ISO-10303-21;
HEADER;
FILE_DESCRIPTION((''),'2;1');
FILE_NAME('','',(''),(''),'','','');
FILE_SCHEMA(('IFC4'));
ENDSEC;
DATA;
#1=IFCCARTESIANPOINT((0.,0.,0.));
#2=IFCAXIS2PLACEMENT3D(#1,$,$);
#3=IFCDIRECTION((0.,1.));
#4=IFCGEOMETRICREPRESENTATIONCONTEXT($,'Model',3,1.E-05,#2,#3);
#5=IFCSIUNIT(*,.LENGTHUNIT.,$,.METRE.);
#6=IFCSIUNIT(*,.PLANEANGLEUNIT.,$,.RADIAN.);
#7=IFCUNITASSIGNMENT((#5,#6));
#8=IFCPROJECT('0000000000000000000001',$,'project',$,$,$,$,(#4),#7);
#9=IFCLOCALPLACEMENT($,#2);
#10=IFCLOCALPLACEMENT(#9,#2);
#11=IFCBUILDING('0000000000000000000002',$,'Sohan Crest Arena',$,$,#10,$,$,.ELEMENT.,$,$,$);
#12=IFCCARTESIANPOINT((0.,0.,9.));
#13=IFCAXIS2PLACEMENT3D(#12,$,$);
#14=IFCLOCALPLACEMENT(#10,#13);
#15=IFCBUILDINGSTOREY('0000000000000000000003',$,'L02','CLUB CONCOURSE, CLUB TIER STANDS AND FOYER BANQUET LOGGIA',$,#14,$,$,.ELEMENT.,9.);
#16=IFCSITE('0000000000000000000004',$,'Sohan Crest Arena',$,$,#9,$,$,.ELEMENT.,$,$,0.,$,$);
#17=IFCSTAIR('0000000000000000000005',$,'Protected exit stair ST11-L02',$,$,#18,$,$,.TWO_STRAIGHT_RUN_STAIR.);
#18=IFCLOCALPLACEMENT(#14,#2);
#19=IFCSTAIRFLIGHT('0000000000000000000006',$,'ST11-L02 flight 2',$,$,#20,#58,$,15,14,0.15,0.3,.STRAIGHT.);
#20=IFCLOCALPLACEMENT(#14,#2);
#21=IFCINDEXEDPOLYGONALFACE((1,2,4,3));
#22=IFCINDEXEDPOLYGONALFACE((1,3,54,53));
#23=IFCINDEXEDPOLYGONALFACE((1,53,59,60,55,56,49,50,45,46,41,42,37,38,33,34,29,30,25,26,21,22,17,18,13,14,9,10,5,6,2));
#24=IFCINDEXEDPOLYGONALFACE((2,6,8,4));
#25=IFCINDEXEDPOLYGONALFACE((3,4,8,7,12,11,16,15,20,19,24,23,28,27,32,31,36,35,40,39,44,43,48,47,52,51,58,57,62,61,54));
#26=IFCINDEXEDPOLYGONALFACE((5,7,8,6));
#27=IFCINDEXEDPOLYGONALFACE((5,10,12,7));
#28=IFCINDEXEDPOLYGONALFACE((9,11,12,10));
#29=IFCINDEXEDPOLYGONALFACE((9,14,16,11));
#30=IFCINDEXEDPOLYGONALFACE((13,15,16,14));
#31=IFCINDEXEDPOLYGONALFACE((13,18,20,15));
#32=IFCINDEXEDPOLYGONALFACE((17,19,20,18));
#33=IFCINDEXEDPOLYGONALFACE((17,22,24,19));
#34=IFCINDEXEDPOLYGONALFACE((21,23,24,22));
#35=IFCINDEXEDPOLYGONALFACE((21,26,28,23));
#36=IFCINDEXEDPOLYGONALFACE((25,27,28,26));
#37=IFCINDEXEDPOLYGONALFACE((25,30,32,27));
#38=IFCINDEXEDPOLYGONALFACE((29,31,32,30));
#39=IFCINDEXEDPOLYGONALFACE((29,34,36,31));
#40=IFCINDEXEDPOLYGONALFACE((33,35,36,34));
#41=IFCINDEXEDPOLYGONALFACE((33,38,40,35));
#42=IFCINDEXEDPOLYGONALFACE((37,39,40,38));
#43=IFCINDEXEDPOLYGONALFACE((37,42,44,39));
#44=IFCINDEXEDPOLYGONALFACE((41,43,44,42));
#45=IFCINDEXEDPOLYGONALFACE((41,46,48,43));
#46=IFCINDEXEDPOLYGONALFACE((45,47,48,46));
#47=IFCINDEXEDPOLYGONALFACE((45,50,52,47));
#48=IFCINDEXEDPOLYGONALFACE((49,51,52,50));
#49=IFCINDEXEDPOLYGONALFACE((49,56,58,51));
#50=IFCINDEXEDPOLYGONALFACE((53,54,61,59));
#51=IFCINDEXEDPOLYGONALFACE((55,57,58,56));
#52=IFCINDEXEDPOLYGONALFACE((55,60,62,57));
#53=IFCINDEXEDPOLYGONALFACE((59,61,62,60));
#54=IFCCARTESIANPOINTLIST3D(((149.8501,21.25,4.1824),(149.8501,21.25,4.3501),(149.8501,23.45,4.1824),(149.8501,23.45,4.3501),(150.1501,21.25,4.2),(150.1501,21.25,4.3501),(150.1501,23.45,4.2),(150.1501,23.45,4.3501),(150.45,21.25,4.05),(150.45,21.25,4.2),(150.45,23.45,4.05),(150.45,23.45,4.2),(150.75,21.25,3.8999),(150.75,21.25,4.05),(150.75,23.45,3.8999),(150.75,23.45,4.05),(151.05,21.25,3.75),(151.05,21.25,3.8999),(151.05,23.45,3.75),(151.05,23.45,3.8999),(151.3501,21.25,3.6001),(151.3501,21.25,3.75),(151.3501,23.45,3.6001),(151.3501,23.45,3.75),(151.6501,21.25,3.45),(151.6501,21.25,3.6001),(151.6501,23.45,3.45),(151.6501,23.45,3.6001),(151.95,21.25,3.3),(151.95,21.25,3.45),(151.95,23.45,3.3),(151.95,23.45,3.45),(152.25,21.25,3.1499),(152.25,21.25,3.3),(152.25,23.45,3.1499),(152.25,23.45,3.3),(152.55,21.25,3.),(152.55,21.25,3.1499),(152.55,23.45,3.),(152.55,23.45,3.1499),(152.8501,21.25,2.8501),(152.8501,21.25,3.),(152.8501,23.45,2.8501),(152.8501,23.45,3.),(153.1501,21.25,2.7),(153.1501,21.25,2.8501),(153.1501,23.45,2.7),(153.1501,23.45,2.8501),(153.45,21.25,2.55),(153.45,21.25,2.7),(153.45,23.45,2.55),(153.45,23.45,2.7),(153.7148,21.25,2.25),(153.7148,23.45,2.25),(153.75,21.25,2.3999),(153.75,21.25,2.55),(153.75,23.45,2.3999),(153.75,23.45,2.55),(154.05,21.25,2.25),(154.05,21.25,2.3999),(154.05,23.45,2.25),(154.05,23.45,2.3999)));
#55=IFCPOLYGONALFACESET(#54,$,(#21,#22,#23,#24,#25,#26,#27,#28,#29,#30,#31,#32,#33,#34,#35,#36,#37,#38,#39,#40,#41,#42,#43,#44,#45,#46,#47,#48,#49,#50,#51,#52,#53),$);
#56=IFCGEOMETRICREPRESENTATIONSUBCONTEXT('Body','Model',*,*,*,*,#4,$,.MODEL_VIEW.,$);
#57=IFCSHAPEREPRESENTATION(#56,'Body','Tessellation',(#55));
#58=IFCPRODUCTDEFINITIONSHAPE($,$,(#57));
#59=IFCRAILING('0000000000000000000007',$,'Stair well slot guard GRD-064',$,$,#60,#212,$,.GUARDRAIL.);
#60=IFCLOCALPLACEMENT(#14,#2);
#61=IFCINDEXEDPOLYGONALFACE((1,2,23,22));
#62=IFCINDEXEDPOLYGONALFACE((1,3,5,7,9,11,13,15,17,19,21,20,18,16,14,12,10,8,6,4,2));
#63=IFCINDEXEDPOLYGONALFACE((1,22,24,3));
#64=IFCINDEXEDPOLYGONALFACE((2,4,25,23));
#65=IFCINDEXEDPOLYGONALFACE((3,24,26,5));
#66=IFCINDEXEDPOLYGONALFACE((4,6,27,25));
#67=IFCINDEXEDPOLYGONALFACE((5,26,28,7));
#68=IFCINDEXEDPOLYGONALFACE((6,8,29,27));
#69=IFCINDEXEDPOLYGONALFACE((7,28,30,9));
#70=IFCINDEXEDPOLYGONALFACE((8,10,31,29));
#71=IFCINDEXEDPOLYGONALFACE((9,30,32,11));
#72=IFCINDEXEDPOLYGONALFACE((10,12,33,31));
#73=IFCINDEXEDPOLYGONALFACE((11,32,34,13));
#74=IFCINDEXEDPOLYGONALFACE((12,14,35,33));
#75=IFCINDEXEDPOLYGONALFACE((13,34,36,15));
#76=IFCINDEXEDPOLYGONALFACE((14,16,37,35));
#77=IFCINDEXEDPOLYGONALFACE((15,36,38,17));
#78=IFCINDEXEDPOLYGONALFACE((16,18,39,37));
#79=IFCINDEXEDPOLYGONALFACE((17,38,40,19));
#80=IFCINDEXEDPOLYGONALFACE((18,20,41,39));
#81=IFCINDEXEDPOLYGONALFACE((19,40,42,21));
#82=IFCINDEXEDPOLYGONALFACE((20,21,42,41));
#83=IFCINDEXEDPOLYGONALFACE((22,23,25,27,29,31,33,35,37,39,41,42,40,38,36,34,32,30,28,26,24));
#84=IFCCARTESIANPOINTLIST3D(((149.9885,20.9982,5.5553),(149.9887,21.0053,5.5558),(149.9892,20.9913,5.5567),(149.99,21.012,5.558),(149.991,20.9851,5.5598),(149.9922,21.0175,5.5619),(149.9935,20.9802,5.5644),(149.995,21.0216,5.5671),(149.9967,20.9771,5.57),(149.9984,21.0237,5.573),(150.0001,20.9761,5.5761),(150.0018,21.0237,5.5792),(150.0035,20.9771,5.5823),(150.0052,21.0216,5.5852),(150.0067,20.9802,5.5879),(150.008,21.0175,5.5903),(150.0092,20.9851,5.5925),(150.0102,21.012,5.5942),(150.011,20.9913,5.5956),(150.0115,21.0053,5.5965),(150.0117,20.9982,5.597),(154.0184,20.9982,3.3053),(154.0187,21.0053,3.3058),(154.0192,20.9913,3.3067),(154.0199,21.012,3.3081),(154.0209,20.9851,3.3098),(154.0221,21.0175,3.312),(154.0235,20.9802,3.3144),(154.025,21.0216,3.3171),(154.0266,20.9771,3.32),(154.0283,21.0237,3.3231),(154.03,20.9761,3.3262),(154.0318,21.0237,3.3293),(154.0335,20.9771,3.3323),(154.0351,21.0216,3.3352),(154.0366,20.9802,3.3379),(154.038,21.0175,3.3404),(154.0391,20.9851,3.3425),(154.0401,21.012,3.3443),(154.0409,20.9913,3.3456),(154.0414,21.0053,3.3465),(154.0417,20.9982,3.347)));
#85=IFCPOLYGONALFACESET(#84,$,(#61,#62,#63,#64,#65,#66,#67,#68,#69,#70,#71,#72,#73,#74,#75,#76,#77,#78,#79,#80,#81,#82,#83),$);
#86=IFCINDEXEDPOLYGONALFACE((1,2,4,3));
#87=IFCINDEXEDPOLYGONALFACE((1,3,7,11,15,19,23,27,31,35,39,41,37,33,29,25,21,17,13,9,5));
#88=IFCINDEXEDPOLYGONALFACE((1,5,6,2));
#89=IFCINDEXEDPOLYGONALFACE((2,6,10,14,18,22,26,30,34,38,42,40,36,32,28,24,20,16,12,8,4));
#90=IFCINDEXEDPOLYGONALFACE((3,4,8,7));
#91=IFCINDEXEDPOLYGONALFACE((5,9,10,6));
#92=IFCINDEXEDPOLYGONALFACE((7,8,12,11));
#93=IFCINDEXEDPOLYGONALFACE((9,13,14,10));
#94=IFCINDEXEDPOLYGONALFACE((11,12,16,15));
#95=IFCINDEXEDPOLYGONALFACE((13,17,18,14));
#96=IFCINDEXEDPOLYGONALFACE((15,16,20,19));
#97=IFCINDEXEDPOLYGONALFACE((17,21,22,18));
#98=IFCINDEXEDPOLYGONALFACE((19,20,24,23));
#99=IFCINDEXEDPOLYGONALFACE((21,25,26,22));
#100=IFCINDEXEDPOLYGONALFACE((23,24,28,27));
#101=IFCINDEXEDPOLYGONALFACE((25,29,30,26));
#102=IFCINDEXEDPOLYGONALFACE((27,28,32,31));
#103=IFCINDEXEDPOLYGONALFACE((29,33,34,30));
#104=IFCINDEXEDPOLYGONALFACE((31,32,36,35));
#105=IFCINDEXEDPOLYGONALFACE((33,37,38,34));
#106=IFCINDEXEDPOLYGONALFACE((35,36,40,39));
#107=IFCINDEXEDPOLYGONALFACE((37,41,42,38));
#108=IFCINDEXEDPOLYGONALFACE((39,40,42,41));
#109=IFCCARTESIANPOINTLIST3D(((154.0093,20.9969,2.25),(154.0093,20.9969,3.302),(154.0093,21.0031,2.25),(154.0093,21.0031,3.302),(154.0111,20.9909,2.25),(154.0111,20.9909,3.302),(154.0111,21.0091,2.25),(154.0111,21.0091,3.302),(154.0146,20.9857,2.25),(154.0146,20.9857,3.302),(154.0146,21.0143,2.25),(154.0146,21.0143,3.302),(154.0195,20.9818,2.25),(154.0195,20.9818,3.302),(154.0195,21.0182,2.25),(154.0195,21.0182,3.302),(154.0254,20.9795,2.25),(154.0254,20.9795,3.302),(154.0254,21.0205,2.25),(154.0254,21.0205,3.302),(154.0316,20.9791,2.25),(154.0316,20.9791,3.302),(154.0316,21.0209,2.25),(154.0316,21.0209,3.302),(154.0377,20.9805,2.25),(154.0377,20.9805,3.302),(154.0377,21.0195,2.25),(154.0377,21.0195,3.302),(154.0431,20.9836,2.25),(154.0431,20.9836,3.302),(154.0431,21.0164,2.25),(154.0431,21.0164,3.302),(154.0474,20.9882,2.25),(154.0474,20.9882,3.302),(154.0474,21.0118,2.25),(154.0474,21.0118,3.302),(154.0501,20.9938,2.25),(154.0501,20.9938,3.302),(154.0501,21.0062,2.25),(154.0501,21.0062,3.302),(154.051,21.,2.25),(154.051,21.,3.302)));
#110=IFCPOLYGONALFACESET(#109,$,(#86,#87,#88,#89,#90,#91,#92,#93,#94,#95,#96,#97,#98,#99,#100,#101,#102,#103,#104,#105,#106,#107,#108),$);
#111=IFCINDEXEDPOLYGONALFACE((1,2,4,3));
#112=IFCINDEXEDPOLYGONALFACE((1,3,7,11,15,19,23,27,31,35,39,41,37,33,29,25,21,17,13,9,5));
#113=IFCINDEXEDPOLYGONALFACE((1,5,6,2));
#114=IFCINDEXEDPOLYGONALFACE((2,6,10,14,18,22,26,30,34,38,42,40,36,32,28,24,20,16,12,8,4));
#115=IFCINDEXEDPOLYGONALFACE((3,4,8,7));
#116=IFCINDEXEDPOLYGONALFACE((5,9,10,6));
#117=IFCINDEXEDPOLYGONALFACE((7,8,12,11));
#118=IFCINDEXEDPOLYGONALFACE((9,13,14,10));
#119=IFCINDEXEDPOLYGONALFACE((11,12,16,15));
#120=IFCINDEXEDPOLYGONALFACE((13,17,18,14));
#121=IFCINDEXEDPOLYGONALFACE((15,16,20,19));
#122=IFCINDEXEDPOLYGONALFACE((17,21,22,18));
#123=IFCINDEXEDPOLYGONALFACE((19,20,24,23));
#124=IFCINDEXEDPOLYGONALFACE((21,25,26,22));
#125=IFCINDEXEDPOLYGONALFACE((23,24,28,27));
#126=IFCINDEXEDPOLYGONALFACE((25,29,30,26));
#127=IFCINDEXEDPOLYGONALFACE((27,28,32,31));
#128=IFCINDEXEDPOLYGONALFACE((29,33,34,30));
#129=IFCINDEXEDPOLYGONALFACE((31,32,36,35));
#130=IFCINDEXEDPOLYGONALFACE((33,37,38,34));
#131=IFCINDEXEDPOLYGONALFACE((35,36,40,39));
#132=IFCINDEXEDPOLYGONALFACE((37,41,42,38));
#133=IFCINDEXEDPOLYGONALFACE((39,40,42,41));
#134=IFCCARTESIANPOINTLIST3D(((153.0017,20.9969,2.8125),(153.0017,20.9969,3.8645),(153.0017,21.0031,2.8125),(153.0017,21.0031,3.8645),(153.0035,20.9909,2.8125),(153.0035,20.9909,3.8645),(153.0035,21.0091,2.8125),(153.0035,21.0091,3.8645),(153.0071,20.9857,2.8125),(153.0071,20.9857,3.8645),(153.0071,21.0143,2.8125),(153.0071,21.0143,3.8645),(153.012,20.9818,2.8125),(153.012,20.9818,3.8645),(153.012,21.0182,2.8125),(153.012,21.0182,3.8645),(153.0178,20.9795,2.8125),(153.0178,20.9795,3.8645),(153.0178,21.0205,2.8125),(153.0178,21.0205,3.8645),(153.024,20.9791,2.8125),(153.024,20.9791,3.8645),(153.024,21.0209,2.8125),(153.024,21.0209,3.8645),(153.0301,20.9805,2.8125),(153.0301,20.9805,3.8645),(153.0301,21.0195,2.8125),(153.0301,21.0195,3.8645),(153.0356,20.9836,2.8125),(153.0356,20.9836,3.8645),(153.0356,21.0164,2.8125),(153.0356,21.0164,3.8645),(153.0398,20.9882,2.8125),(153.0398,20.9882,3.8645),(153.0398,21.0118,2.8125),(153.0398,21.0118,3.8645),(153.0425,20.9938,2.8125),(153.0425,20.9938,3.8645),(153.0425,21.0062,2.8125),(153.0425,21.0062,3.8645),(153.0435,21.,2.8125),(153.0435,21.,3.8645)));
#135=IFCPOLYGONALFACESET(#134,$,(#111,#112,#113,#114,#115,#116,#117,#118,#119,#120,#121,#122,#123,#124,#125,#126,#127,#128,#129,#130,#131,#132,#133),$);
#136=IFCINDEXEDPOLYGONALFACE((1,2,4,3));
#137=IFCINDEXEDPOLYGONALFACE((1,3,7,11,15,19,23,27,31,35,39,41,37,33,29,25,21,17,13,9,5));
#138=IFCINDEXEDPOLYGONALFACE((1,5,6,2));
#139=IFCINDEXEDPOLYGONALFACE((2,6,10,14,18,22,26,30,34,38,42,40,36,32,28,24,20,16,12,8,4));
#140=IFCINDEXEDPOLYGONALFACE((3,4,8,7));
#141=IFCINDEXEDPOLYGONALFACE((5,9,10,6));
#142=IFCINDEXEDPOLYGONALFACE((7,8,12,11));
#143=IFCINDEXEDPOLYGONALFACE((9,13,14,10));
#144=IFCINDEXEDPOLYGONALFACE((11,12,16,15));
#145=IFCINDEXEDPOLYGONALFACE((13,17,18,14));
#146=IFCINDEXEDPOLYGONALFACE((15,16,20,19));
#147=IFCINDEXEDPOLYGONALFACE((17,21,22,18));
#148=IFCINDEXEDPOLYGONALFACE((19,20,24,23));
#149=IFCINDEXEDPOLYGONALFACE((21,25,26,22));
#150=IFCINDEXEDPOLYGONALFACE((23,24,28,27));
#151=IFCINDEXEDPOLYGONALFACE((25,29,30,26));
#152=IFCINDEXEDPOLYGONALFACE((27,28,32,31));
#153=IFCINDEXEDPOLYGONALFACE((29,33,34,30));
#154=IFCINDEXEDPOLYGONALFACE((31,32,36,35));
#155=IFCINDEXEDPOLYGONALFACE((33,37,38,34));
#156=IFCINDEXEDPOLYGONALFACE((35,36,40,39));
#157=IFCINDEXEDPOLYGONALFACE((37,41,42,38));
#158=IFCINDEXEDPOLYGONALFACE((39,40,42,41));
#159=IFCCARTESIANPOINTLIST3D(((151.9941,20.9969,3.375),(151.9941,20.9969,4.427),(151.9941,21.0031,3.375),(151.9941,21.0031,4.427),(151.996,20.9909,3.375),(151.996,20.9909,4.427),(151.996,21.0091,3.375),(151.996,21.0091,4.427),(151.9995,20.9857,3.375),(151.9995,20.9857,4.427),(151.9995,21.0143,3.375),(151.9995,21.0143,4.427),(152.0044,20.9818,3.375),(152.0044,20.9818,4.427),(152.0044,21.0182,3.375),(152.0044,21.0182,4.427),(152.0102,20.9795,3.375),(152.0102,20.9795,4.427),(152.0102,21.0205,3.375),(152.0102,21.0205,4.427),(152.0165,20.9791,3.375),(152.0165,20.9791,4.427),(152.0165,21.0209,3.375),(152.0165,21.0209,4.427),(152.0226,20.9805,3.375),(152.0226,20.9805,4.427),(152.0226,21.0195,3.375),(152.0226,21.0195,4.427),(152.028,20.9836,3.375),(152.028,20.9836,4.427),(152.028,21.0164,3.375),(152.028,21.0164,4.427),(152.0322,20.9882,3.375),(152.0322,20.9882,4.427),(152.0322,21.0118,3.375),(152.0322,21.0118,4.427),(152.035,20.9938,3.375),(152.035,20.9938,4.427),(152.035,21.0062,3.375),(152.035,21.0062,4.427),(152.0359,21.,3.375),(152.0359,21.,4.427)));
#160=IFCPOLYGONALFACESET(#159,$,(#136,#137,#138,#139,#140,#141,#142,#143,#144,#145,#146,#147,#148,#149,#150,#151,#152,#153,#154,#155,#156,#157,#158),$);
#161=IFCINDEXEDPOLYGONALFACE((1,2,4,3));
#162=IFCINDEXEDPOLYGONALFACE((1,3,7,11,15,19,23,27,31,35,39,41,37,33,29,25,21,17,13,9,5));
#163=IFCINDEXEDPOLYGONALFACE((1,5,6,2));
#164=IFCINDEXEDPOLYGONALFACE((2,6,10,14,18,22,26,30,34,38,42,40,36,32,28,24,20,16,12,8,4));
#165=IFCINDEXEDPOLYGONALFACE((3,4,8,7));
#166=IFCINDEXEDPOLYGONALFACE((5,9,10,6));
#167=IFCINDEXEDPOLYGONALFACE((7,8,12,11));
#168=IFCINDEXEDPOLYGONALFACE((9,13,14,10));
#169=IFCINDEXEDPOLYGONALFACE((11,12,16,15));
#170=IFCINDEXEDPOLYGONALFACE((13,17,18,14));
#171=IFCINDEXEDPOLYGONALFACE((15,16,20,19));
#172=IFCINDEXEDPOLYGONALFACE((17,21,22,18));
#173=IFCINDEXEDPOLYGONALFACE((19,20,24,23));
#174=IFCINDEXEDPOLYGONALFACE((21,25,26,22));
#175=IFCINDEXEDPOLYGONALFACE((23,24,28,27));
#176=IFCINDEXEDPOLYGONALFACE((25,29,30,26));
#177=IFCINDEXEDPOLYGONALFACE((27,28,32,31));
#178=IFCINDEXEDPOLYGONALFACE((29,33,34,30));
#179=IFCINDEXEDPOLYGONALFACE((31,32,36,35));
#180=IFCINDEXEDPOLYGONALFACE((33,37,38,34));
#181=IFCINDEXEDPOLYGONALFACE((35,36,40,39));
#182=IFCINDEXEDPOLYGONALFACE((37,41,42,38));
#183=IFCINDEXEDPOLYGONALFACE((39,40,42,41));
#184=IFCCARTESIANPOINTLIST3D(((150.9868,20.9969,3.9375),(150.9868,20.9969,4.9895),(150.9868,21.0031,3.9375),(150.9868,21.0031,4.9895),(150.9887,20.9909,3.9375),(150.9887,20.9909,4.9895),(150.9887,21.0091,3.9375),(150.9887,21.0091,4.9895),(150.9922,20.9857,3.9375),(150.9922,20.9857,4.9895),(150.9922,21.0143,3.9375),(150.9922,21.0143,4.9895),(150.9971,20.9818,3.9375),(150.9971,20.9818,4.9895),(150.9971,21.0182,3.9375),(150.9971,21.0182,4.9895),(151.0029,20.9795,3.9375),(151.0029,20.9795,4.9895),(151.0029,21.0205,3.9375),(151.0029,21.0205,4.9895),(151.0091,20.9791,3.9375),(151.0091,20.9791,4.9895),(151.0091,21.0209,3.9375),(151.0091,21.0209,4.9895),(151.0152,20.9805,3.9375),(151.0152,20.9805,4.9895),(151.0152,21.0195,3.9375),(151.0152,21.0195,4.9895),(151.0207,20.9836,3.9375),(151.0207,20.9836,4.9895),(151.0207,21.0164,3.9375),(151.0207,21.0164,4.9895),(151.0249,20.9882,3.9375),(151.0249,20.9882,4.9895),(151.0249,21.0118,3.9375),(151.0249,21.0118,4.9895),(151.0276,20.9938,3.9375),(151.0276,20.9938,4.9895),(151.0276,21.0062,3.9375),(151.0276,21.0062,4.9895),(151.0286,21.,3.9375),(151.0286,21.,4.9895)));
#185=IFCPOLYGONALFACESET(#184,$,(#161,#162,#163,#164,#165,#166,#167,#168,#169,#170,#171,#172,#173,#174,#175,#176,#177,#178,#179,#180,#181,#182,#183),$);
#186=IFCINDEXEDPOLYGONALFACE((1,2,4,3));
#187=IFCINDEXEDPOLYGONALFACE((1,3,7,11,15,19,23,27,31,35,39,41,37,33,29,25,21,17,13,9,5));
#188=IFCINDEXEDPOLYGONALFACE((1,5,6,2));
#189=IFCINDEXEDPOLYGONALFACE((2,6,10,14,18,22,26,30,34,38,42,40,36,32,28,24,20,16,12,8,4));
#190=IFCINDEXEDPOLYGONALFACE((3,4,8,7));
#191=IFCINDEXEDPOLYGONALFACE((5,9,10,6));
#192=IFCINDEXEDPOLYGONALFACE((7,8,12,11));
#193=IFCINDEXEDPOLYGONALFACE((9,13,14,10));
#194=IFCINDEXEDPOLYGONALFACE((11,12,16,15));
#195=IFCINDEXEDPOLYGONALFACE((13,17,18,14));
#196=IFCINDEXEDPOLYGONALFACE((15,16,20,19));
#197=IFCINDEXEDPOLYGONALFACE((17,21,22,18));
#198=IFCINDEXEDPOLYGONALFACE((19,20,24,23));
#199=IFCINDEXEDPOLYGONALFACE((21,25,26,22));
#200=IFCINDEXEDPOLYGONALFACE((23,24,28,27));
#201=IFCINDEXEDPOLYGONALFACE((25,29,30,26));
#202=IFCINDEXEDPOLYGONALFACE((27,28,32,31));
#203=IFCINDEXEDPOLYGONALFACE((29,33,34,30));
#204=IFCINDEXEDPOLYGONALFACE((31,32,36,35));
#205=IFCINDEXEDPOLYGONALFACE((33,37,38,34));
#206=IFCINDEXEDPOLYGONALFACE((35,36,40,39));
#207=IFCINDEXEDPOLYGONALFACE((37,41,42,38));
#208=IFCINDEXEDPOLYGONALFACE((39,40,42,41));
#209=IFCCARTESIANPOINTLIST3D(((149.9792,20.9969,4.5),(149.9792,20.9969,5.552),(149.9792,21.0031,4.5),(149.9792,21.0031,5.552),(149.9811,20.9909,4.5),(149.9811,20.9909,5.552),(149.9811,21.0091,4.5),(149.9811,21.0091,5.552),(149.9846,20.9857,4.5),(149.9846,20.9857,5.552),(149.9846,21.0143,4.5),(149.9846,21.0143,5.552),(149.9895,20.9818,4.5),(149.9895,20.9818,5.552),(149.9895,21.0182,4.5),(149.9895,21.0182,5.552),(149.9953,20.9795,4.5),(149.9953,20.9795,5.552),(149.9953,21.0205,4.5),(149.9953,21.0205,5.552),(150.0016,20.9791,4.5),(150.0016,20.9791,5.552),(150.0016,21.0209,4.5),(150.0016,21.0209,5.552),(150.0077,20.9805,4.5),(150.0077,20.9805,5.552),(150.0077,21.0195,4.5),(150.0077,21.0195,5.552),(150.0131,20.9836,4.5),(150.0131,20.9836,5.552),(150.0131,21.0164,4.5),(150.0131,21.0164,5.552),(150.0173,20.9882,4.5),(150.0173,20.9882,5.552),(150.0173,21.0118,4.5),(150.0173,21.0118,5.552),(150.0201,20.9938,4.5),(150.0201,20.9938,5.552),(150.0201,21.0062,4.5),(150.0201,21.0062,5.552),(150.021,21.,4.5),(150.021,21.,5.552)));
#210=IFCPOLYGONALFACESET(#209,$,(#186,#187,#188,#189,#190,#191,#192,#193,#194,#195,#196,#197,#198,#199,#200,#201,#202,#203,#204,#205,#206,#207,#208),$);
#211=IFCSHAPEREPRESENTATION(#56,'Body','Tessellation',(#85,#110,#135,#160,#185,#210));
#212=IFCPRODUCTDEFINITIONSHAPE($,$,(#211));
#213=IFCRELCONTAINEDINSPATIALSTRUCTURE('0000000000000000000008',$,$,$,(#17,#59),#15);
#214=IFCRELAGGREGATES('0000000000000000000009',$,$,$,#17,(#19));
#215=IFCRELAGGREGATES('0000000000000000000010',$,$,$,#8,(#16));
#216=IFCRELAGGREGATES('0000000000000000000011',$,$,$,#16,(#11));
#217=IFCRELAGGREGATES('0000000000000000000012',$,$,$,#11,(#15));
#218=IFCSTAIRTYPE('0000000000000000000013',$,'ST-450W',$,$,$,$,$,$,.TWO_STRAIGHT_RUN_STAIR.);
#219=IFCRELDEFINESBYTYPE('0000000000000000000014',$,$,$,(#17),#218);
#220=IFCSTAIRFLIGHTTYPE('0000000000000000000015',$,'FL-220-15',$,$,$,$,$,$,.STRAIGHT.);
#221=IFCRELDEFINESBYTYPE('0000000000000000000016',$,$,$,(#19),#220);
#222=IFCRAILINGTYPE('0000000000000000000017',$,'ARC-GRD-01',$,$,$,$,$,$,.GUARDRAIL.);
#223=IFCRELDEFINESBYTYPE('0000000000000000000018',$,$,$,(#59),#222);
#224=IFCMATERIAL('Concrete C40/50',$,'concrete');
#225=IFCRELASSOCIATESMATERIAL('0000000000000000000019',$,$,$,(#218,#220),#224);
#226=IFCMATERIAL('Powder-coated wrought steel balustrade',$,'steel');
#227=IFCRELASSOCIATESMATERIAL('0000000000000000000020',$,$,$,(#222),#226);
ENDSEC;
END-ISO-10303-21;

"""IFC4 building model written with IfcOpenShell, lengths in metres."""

from ifc_helpers import new_model, si_unit, direction, frame, origin, origin_2d, place, context, subcontext, project, spatial, polyline, circle, outline, extrude, material, type_object, element, aggregate, save


model = new_model("IFC4")

# Units and contexts
model_context = context("Model", 3, precision=1e-05, world=origin(), true_north=direction((0.0, 1.0)))
body_context = subcontext(model_context, "Body", "Model", "MODEL_VIEW")
ifc_project = project(units=[si_unit("LENGTHUNIT", "METRE"), si_unit("PLANEANGLEUNIT", "RADIAN")], contexts=[model_context])

# Site, building, storey
site_placement = place(None, origin())
site = spatial("IfcSite", under=ifc_project, at=site_placement, Name="Sohan Crest Arena", CompositionType="ELEMENT", RefElevation=0.0)
building_placement = place(site_placement, origin())
building = spatial("IfcBuilding", under=site, at=building_placement, Name="Sohan Crest Arena", CompositionType="ELEMENT")
storey_placement = place(building_placement, frame((0.0, 0.0, 9.0)))
storey = spatial("IfcBuildingStorey", under=building, at=storey_placement, Name="L02", Description="CLUB CONCOURSE, CLUB TIER STANDS AND FOYER BANQUET LOGGIA", CompositionType="ELEMENT", Elevation=9.0)

# Shared definitions
ifc_material_1 = material(Name="Concrete C40/50", Category="concrete")

# Stair, stair flight
stair_type = type_object("IfcStairType", Name="ST-450W", PredefinedType="TWO_STRAIGHT_RUN_STAIR", material=ifc_material_1)
stair_placement = place(storey_placement, origin())
stair = element("IfcStair", 1, at=stair_placement, inside=storey, type_object=stair_type, Name="Protected exit stair ST11-L02", PredefinedType="TWO_STRAIGHT_RUN_STAIR")
stair_flight_type = type_object("IfcStairFlightType", Name="FL-220-15", PredefinedType="STRAIGHT", material=ifc_material_1)
stair_flight_1_placement = place(storey_placement, frame((154.05, 22.3501, 2.25), z_axis=(0.0, 0.0, 1.0), x_axis=(-1.0, 0.0, 0.0)))
stair_flight_1 = element("IfcStairFlight", 2, at=stair_flight_1_placement, type_object=stair_flight_type, Name="ST11-L02 flight 2", NumberOfRisers=15, NumberOfTreads=14, PredefinedType="STRAIGHT", RiserHeight=0.15, TreadLength=0.3, context=body_context, shape_type="SweptSolid", body=[
    extrude(outline(polyline([(0.0, 0.0), (0.0, 0.1499), (0.3, 0.1499), (0.3, 0.3), (0.6001, 0.3), (0.6001, 0.45), (0.8999, 0.45), (0.8999, 0.6001), (1.2, 0.6001), (1.2, 0.75), (1.5, 0.75), (1.5, 0.8999), (1.8, 0.8999), (1.8, 1.05), (2.1001, 1.05), (2.1001, 1.2), (2.3999, 1.2), (2.3999, 1.3501), (2.7, 1.3501), (2.7, 1.5), (3.0, 1.5), (3.0, 1.6499), (3.3, 1.6499), (3.3, 1.8), (3.6001, 1.8), (3.6001, 1.95), (3.8999, 1.95), (3.8999, 2.1001), (4.2, 2.1001), (4.2, 2.25), (4.2, 1.9324), (0.3352, 0.0), (0.0, 0.0)])), frame((0.0, 1.1001, 0.0), z_axis=(0.0, -1.0, 0.0), x_axis=(1.0, 0.0, 0.0)), (0.0, 0.0, 1.0), 2.2),
])
aggregate(stair, [stair_flight_1])

# Railing
ifc_material_2 = material(Name="Powder-coated wrought steel balustrade", Category="steel")
railing_type_1 = type_object("IfcRailingType", Name="ARC-GRD-01", PredefinedType="GUARDRAIL", material=ifc_material_2)
railing_1_placement = place(storey_placement, frame((154.03, 21.0, 2.25)))
element("IfcRailing", 3, at=railing_1_placement, inside=storey, type_object=railing_type_1, Name="Stair well slot guard GRD-064", PredefinedType="GUARDRAIL", context=body_context, shape_type="SweptSolid", body=[
    extrude(circle(Radius=0.0239, at=origin_2d()), frame((0.0, 0.0, 1.0762), z_axis=(-0.873135, 0.0, 0.487479), x_axis=(0.0, -1.0, 0.0)), (0.0, 0.0, 1.0), 4.6155),
    extrude(circle(Radius=0.021, at=origin_2d()), origin(), (0.0, 0.0, 1.0), 1.052),
    extrude(circle(Radius=0.021, at=origin_2d()), frame((-1.0076, 0.0, 0.5625)), (0.0, 0.0, 1.0), 1.052),
    extrude(circle(Radius=0.021, at=origin_2d()), frame((-2.0151, 0.0, 1.125)), (0.0, 0.0, 1.0), 1.052),
    extrude(circle(Radius=0.021, at=origin_2d()), frame((-3.0225, 0.0, 1.6875)), (0.0, 0.0, 1.0), 1.052),
    extrude(circle(Radius=0.021, at=origin_2d()), frame((-4.03, 0.0, 2.25)), (0.0, 0.0, 1.0), 1.052),
])

save(model, "model.ifc")
